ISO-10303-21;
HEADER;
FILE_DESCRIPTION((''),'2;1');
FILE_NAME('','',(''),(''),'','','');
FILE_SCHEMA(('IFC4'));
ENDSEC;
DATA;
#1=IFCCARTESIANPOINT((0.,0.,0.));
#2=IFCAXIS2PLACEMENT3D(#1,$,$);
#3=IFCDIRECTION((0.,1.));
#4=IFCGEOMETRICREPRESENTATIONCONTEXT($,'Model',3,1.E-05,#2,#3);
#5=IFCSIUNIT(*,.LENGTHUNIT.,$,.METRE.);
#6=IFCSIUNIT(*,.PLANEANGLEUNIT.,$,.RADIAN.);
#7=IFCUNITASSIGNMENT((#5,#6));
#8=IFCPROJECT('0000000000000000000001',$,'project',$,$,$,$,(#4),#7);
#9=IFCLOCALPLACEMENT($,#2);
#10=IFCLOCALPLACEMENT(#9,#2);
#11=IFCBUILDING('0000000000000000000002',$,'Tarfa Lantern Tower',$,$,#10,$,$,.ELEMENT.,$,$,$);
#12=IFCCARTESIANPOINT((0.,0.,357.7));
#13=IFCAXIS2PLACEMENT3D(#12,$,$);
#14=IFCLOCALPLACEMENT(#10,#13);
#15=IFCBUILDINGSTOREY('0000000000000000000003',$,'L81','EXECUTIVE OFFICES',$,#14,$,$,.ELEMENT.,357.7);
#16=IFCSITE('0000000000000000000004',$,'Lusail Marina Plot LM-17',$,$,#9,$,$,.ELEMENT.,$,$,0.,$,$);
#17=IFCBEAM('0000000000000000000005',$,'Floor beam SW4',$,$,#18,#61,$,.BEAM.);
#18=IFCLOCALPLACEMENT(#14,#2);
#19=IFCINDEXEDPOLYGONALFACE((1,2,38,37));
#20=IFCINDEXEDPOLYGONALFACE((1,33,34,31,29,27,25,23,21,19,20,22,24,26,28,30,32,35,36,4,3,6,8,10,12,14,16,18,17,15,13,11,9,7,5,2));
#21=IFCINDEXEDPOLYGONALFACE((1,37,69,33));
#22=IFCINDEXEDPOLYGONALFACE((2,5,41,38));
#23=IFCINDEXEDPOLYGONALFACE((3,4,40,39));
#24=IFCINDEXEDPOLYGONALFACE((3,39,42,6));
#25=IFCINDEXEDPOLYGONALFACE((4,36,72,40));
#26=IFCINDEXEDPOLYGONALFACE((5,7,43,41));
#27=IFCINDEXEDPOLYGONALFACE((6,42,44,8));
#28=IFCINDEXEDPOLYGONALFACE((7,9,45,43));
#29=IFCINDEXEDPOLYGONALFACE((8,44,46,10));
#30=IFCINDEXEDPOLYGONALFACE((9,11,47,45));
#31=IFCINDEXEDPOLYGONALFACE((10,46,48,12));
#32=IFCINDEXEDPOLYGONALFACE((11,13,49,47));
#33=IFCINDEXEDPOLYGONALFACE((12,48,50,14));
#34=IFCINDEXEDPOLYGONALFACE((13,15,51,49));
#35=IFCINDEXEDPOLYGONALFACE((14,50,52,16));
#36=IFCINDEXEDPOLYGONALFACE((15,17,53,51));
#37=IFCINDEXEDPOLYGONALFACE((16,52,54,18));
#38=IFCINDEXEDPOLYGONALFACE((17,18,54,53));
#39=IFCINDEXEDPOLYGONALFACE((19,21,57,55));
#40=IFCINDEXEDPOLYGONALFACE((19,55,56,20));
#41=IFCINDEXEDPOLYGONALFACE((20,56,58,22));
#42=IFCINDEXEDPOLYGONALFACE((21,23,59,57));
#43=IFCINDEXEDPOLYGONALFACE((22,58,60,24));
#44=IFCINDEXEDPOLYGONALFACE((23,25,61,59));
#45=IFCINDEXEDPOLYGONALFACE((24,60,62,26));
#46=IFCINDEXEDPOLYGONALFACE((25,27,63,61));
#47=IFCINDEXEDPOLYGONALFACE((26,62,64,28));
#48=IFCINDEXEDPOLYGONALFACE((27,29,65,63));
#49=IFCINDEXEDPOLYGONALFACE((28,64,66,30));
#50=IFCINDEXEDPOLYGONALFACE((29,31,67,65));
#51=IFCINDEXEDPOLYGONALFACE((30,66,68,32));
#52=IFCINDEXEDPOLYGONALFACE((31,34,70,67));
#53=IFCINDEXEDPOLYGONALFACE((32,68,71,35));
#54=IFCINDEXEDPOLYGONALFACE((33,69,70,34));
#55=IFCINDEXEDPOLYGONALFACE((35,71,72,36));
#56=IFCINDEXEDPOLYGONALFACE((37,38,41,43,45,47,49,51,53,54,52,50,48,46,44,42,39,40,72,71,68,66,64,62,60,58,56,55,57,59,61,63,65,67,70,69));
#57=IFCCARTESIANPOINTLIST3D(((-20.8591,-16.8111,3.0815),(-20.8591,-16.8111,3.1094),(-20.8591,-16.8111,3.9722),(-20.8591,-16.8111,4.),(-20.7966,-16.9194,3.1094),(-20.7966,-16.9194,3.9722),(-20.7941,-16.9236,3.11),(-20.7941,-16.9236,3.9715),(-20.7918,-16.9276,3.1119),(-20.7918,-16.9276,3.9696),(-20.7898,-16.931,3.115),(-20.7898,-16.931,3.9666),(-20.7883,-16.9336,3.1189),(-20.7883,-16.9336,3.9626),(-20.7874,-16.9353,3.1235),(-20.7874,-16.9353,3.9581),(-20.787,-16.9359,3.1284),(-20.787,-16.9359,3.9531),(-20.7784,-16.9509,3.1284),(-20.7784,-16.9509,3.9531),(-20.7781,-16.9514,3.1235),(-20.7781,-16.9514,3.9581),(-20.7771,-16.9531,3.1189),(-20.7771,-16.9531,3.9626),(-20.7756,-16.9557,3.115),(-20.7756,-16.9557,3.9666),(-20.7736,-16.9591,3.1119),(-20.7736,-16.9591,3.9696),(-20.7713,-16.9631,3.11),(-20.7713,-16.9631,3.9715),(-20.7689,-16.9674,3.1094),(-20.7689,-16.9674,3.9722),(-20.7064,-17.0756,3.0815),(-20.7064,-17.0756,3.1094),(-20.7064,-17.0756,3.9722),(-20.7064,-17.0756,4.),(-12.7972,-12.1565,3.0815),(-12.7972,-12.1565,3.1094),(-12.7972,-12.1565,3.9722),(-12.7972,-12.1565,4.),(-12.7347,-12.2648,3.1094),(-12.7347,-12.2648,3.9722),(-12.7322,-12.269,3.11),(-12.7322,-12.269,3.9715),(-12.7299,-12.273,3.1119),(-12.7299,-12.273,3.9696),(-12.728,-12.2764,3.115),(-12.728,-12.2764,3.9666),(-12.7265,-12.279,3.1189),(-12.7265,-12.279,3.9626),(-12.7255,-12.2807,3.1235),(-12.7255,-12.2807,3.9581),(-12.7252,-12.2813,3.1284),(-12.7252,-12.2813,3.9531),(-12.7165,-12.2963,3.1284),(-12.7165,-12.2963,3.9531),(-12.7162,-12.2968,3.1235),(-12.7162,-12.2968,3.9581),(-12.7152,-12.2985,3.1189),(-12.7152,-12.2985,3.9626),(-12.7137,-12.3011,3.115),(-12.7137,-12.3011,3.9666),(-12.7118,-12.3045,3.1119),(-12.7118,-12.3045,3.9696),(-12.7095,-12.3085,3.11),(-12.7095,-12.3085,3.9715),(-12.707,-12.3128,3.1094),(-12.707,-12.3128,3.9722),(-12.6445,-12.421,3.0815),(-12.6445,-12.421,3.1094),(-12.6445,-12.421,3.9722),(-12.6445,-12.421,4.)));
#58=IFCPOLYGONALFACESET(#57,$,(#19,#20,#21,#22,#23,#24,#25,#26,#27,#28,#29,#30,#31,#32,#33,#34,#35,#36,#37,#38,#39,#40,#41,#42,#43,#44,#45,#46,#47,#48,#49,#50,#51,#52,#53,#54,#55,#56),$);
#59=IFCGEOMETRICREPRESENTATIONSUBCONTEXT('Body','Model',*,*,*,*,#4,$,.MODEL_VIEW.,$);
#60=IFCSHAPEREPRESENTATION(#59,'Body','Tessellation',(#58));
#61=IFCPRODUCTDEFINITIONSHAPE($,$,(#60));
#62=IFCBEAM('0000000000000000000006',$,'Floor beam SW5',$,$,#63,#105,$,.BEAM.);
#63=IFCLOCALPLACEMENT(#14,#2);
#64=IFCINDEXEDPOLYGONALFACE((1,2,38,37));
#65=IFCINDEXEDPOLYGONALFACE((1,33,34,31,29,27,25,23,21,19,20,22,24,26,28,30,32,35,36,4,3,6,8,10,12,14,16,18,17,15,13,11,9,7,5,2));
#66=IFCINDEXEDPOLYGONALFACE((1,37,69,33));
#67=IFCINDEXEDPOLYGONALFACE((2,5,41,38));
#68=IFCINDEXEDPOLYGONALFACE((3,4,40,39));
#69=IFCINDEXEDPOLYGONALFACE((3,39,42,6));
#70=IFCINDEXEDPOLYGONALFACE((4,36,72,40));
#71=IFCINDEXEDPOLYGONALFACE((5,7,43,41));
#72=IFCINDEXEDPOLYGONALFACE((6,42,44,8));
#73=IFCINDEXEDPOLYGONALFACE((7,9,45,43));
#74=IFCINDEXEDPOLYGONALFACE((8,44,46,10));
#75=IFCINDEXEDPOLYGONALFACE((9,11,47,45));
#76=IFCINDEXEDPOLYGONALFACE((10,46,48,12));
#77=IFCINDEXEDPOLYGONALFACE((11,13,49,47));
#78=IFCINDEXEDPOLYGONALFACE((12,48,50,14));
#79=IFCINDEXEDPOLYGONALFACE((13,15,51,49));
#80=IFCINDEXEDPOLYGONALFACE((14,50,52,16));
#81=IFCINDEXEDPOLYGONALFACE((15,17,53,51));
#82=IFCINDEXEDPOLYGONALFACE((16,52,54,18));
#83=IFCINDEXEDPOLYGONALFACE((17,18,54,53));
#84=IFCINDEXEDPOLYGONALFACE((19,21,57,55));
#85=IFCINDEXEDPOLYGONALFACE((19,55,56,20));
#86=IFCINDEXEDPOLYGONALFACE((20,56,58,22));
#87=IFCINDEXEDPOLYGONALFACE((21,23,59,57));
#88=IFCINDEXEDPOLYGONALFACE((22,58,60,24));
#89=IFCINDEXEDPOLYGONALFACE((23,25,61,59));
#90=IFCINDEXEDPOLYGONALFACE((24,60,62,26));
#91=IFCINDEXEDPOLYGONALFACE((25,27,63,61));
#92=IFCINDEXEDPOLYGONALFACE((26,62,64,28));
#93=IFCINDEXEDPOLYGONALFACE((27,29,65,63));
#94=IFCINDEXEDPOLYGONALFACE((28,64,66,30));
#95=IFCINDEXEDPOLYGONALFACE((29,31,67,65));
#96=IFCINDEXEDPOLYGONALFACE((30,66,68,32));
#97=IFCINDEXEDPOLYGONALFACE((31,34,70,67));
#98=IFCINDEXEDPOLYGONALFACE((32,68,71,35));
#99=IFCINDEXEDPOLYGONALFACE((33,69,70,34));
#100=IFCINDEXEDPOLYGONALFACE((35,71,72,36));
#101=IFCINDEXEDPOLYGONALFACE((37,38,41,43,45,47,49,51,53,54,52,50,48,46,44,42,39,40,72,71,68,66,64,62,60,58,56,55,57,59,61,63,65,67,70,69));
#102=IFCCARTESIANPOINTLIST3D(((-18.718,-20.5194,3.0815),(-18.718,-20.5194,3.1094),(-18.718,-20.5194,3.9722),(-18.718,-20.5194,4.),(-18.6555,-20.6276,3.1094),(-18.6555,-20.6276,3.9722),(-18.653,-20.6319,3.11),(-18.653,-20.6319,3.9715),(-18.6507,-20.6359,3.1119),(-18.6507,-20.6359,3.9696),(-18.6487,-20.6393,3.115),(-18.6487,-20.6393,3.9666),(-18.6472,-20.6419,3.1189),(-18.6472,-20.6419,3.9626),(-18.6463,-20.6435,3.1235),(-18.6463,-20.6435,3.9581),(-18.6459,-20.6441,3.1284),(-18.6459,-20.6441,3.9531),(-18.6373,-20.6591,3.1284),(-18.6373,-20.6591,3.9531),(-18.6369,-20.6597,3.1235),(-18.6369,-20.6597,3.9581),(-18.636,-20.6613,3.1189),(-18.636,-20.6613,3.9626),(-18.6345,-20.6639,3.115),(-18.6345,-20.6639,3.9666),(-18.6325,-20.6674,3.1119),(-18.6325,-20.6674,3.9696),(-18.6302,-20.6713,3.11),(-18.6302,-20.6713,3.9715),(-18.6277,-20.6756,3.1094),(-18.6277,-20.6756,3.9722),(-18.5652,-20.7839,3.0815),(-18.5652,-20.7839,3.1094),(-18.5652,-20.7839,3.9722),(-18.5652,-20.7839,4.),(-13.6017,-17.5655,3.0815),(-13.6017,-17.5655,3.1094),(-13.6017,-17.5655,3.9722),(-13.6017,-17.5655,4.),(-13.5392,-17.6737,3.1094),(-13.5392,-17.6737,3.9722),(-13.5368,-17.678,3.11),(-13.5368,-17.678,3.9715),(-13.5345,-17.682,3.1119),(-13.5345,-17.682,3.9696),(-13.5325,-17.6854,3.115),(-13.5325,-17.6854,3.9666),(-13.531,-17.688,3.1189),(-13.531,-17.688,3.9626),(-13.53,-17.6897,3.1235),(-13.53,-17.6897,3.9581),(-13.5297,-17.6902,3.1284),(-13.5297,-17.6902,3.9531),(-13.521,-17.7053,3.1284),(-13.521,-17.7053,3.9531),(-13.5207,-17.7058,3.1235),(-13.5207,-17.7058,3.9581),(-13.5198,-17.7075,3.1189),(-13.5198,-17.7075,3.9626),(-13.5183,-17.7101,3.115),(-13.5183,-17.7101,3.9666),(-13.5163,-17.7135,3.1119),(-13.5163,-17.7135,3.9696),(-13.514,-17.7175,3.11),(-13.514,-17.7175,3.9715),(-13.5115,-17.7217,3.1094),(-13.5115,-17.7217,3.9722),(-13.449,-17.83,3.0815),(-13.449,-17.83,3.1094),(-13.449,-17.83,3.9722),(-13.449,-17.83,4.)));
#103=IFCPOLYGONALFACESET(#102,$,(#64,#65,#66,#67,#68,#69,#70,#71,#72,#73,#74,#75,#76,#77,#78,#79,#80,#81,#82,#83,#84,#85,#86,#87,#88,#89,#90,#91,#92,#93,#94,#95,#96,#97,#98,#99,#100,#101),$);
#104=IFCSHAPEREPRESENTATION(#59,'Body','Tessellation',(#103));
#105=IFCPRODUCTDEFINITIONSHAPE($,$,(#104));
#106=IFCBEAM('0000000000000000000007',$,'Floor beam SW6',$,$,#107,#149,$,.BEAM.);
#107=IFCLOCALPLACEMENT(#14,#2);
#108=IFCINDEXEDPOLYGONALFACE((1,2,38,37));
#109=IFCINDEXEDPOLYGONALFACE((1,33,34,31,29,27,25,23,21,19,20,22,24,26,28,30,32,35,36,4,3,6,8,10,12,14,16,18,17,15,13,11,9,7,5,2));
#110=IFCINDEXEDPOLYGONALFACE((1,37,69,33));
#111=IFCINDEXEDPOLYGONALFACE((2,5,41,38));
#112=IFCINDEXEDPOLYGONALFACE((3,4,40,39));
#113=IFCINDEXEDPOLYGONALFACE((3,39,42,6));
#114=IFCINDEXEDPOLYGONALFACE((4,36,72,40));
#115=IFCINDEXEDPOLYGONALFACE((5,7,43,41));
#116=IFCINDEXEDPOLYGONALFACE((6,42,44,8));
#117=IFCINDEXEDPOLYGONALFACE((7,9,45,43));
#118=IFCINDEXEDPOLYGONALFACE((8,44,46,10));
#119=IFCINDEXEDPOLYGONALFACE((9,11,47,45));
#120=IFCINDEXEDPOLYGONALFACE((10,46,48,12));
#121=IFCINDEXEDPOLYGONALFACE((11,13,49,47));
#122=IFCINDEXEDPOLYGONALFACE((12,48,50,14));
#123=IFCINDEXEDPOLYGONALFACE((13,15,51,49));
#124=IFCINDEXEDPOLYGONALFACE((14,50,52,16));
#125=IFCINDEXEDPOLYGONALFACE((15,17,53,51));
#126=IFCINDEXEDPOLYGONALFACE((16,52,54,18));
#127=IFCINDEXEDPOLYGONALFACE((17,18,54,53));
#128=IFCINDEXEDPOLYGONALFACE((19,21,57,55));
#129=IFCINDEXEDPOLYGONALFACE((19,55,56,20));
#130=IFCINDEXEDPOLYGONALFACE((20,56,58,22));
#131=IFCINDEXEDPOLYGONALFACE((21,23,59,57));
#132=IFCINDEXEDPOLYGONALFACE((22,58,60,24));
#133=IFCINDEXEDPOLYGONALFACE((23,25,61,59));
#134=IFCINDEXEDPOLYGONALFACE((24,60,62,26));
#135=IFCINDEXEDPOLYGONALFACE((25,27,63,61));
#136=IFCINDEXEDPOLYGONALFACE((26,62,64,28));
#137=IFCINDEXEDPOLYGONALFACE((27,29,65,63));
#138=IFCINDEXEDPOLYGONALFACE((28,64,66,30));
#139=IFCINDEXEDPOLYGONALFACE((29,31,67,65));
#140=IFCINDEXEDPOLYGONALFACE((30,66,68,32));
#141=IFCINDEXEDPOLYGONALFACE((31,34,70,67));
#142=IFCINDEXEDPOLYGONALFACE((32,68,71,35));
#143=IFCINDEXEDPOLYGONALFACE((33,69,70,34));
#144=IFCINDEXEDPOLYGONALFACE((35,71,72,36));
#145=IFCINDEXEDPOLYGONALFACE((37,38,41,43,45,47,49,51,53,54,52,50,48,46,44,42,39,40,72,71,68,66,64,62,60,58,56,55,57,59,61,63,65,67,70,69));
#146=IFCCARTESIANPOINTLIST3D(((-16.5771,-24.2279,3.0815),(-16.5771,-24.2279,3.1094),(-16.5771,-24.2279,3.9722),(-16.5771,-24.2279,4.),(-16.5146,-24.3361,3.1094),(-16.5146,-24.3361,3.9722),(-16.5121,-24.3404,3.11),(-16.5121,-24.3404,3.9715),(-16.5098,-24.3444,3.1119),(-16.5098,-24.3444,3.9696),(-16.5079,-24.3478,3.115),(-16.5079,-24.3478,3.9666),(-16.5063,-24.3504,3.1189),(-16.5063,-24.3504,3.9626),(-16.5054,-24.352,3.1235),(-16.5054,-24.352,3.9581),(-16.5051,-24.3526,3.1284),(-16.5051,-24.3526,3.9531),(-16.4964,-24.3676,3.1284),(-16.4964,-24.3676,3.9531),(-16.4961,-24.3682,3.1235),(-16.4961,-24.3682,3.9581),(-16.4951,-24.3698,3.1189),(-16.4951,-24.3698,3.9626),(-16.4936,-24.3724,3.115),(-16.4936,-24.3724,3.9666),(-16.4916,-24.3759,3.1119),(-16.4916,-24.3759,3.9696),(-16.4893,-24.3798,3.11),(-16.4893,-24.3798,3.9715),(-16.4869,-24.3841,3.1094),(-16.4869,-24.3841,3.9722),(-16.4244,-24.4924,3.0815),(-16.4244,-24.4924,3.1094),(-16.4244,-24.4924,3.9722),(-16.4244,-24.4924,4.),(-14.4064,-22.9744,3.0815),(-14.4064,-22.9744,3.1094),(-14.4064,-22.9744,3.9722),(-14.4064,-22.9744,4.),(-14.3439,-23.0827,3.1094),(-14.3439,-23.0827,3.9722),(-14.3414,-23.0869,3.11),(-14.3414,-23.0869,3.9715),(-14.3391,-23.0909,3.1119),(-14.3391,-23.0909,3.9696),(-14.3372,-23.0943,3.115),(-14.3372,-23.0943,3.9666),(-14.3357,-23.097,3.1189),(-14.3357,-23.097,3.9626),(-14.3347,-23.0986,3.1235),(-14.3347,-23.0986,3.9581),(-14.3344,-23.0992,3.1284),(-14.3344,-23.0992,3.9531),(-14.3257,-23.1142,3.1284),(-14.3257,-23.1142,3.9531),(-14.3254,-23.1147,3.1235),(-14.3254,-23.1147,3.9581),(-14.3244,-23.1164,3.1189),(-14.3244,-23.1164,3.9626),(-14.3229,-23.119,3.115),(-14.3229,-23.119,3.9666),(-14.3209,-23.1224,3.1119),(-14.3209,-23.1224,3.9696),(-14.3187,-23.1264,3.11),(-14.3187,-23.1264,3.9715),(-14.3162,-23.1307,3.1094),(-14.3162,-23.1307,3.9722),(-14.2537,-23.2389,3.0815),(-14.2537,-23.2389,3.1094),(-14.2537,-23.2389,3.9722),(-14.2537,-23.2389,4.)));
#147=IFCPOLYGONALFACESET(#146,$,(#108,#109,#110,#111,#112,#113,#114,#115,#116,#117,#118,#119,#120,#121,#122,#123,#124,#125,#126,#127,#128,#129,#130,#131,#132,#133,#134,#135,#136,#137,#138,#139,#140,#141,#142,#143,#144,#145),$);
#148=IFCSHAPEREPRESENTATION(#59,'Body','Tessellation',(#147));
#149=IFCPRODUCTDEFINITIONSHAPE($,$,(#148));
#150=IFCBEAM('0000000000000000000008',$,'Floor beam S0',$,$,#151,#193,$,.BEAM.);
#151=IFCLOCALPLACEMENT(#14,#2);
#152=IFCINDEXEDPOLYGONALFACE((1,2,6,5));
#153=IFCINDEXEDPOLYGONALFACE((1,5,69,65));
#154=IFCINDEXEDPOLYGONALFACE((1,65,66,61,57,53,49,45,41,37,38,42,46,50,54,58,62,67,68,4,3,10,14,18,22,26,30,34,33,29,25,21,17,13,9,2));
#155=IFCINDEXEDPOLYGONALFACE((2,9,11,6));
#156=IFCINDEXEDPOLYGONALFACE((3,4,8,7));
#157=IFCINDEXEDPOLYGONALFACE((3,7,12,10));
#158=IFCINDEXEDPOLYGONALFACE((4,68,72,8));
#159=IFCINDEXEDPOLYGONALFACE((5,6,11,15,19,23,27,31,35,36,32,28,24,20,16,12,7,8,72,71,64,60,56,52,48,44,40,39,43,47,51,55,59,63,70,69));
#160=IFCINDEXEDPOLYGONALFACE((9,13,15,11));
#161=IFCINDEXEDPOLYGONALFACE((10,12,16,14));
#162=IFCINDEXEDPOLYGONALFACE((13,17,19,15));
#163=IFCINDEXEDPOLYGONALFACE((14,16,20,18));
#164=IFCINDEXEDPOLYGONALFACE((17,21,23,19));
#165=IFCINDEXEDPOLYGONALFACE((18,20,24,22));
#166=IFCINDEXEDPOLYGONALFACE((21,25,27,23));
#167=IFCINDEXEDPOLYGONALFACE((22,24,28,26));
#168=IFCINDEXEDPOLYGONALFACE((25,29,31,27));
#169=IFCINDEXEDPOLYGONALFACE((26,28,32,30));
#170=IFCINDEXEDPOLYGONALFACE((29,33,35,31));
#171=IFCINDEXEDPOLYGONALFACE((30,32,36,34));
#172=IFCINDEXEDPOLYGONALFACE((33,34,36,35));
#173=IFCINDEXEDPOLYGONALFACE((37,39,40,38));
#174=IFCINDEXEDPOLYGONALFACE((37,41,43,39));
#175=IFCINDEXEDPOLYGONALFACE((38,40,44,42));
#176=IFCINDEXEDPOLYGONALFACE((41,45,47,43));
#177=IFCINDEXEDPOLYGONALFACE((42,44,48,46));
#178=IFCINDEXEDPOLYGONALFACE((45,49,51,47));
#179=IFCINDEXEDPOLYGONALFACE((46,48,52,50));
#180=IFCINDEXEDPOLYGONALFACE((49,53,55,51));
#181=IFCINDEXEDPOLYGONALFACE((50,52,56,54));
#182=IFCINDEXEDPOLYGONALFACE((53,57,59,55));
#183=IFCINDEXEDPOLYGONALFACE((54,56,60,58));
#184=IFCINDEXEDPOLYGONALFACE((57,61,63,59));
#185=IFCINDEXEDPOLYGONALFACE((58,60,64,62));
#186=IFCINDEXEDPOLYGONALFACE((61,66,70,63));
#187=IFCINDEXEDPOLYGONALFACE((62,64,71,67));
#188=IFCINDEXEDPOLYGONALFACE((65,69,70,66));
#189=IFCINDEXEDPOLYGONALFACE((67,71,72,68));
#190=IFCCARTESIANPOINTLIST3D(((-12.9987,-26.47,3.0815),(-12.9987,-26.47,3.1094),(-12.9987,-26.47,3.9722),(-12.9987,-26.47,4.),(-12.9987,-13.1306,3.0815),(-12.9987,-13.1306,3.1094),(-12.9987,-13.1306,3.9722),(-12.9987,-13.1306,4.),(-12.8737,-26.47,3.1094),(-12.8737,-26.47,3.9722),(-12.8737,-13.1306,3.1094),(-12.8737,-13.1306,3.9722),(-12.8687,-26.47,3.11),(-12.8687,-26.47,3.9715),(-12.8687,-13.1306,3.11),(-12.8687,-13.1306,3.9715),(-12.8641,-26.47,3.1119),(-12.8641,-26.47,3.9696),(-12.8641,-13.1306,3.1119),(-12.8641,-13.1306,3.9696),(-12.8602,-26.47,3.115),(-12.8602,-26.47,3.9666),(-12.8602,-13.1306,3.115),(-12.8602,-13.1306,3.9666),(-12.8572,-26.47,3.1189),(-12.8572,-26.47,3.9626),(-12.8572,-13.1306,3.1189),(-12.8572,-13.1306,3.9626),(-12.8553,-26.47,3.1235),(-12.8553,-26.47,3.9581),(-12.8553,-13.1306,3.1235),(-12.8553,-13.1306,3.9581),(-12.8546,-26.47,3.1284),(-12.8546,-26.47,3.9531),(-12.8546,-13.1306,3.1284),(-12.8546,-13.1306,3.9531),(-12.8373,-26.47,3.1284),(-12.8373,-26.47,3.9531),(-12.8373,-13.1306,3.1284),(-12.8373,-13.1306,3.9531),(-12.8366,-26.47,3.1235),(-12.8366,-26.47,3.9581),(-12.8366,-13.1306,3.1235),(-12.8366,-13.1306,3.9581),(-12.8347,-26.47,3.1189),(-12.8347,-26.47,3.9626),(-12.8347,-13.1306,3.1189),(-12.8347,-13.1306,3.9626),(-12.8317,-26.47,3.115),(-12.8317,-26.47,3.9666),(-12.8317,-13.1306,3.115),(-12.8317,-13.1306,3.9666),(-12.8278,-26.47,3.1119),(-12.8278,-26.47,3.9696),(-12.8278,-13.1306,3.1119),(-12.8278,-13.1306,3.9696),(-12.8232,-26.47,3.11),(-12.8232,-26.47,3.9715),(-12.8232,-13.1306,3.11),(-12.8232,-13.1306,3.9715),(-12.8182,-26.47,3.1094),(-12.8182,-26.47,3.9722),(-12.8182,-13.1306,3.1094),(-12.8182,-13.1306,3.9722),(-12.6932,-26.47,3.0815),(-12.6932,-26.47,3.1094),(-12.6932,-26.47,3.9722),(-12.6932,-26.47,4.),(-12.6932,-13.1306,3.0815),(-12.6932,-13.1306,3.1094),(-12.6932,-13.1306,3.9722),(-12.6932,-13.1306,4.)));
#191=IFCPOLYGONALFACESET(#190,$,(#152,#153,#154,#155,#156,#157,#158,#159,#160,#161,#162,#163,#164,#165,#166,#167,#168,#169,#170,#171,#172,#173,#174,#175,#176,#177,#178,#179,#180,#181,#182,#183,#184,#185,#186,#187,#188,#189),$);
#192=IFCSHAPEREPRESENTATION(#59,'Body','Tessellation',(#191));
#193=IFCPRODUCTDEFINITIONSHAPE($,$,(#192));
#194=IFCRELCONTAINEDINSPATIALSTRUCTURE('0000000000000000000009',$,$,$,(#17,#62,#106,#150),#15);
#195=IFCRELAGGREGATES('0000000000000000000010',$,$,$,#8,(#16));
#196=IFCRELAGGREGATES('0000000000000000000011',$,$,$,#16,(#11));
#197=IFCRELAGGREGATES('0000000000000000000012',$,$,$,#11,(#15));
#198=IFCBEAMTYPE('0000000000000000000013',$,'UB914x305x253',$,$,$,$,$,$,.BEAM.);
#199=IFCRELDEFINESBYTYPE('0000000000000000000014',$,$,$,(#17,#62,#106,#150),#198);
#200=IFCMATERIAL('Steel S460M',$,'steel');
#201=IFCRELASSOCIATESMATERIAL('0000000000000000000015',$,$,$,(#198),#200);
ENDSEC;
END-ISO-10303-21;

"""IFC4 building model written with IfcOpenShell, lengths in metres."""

from ifc_helpers import new_model, si_unit, direction, frame, origin, origin_2d, place, context, subcontext, project, spatial, i_section, extrude, material, material_profile, profile_set, type_object, element, save


model = new_model("IFC4")

# Units and contexts
model_context = context("Model", 3, precision=1e-05, world=origin(), true_north=direction((0.0, 1.0)))
body_context = subcontext(model_context, "Body", "Model", "MODEL_VIEW")
ifc_project = project(units=[si_unit("LENGTHUNIT", "METRE"), si_unit("PLANEANGLEUNIT", "RADIAN")], contexts=[model_context])

# Site, building, storey
site_placement = place(None, origin())
site = spatial("IfcSite", under=ifc_project, at=site_placement, Name="Lusail Marina Plot LM-17", CompositionType="ELEMENT", RefElevation=0.0)
building_placement = place(site_placement, origin())
building = spatial("IfcBuilding", under=site, at=building_placement, Name="Tarfa Lantern Tower", CompositionType="ELEMENT")
storey_placement = place(building_placement, frame((0.0, 0.0, 357.7)))
storey = spatial("IfcBuildingStorey", under=building, at=storey_placement, Name="L81", Description="EXECUTIVE OFFICES", CompositionType="ELEMENT", Elevation=357.7)

# Beams
ifc_material_1 = material(Name="Steel S460M", Category="steel")
ifc_material_profile_1 = material_profile(ifc_material_1, i_section(OverallWidth=0.3054, OverallDepth=0.9185, WebThickness=0.0173, FlangeThickness=0.0278, FilletRadius=0.019, at=origin_2d()), Name="UB914x305x253")
ifc_profile_set_1 = profile_set([ifc_material_profile_1], Name="Steel S460M")
beam_type_1 = type_object("IfcBeamType", Name="UB914x305x253", PredefinedType="BEAM", material=ifc_profile_set_1)
beam_1_placement = place(storey_placement, frame((-20.7827, -16.9434, 3.5408), z_axis=(0.866022, 0.500006, 0.0), x_axis=(-0.500006, 0.866022, 0.0)))
element("IfcBeam", 1, at=beam_1_placement, inside=storey, type_object=beam_type_1, Name="Floor beam SW4", PredefinedType="BEAM", context=body_context, shape_type="SweptSolid", body=[
    extrude(i_section(OverallWidth=0.3054, OverallDepth=0.9185, WebThickness=0.0173, FlangeThickness=0.0278, FilletRadius=0.019, at=origin_2d()), origin(), (0.0, 0.0, 1.0), 9.3091),
])
beam_2_placement = place(storey_placement, frame((-18.6416, -20.6516, 3.5408), z_axis=(0.866025, 0.500001, 0.0), x_axis=(-0.500001, 0.866025, 0.0)))
element("IfcBeam", 2, at=beam_2_placement, inside=storey, type_object=beam_type_1, Name="Floor beam SW5", PredefinedType="BEAM", context=body_context, shape_type="SweptSolid", body=[
    extrude(i_section(OverallWidth=0.3054, OverallDepth=0.9185, WebThickness=0.0173, FlangeThickness=0.0278, FilletRadius=0.019, at=origin_2d()), origin(), (0.0, 0.0, 1.0), 5.9077),
])
beam_3_placement = place(storey_placement, frame((-16.5007, -24.3601, 3.5408), z_axis=(0.865993, 0.500057, 0.0), x_axis=(-0.500057, 0.865993, 0.0)))
element("IfcBeam", 3, at=beam_3_placement, inside=storey, type_object=beam_type_1, Name="Floor beam SW6", PredefinedType="BEAM", context=body_context, shape_type="SweptSolid", body=[
    extrude(i_section(OverallWidth=0.3054, OverallDepth=0.9185, WebThickness=0.0173, FlangeThickness=0.0278, FilletRadius=0.019, at=origin_2d()), origin(), (0.0, 0.0, 1.0), 2.5066),
])
beam_4_placement = place(storey_placement, frame((-12.8459, -26.47, 3.5408), z_axis=(0.0, 1.0, 0.0), x_axis=(-1.0, 0.0, 0.0)))
element("IfcBeam", 4, at=beam_4_placement, inside=storey, type_object=beam_type_1, Name="Floor beam S0", PredefinedType="BEAM", context=body_context, shape_type="SweptSolid", body=[
    extrude(i_section(OverallWidth=0.3054, OverallDepth=0.9185, WebThickness=0.0173, FlangeThickness=0.0278, FilletRadius=0.019, at=origin_2d()), origin(), (0.0, 0.0, 1.0), 13.3394),
])

save(model, "model.ifc")
